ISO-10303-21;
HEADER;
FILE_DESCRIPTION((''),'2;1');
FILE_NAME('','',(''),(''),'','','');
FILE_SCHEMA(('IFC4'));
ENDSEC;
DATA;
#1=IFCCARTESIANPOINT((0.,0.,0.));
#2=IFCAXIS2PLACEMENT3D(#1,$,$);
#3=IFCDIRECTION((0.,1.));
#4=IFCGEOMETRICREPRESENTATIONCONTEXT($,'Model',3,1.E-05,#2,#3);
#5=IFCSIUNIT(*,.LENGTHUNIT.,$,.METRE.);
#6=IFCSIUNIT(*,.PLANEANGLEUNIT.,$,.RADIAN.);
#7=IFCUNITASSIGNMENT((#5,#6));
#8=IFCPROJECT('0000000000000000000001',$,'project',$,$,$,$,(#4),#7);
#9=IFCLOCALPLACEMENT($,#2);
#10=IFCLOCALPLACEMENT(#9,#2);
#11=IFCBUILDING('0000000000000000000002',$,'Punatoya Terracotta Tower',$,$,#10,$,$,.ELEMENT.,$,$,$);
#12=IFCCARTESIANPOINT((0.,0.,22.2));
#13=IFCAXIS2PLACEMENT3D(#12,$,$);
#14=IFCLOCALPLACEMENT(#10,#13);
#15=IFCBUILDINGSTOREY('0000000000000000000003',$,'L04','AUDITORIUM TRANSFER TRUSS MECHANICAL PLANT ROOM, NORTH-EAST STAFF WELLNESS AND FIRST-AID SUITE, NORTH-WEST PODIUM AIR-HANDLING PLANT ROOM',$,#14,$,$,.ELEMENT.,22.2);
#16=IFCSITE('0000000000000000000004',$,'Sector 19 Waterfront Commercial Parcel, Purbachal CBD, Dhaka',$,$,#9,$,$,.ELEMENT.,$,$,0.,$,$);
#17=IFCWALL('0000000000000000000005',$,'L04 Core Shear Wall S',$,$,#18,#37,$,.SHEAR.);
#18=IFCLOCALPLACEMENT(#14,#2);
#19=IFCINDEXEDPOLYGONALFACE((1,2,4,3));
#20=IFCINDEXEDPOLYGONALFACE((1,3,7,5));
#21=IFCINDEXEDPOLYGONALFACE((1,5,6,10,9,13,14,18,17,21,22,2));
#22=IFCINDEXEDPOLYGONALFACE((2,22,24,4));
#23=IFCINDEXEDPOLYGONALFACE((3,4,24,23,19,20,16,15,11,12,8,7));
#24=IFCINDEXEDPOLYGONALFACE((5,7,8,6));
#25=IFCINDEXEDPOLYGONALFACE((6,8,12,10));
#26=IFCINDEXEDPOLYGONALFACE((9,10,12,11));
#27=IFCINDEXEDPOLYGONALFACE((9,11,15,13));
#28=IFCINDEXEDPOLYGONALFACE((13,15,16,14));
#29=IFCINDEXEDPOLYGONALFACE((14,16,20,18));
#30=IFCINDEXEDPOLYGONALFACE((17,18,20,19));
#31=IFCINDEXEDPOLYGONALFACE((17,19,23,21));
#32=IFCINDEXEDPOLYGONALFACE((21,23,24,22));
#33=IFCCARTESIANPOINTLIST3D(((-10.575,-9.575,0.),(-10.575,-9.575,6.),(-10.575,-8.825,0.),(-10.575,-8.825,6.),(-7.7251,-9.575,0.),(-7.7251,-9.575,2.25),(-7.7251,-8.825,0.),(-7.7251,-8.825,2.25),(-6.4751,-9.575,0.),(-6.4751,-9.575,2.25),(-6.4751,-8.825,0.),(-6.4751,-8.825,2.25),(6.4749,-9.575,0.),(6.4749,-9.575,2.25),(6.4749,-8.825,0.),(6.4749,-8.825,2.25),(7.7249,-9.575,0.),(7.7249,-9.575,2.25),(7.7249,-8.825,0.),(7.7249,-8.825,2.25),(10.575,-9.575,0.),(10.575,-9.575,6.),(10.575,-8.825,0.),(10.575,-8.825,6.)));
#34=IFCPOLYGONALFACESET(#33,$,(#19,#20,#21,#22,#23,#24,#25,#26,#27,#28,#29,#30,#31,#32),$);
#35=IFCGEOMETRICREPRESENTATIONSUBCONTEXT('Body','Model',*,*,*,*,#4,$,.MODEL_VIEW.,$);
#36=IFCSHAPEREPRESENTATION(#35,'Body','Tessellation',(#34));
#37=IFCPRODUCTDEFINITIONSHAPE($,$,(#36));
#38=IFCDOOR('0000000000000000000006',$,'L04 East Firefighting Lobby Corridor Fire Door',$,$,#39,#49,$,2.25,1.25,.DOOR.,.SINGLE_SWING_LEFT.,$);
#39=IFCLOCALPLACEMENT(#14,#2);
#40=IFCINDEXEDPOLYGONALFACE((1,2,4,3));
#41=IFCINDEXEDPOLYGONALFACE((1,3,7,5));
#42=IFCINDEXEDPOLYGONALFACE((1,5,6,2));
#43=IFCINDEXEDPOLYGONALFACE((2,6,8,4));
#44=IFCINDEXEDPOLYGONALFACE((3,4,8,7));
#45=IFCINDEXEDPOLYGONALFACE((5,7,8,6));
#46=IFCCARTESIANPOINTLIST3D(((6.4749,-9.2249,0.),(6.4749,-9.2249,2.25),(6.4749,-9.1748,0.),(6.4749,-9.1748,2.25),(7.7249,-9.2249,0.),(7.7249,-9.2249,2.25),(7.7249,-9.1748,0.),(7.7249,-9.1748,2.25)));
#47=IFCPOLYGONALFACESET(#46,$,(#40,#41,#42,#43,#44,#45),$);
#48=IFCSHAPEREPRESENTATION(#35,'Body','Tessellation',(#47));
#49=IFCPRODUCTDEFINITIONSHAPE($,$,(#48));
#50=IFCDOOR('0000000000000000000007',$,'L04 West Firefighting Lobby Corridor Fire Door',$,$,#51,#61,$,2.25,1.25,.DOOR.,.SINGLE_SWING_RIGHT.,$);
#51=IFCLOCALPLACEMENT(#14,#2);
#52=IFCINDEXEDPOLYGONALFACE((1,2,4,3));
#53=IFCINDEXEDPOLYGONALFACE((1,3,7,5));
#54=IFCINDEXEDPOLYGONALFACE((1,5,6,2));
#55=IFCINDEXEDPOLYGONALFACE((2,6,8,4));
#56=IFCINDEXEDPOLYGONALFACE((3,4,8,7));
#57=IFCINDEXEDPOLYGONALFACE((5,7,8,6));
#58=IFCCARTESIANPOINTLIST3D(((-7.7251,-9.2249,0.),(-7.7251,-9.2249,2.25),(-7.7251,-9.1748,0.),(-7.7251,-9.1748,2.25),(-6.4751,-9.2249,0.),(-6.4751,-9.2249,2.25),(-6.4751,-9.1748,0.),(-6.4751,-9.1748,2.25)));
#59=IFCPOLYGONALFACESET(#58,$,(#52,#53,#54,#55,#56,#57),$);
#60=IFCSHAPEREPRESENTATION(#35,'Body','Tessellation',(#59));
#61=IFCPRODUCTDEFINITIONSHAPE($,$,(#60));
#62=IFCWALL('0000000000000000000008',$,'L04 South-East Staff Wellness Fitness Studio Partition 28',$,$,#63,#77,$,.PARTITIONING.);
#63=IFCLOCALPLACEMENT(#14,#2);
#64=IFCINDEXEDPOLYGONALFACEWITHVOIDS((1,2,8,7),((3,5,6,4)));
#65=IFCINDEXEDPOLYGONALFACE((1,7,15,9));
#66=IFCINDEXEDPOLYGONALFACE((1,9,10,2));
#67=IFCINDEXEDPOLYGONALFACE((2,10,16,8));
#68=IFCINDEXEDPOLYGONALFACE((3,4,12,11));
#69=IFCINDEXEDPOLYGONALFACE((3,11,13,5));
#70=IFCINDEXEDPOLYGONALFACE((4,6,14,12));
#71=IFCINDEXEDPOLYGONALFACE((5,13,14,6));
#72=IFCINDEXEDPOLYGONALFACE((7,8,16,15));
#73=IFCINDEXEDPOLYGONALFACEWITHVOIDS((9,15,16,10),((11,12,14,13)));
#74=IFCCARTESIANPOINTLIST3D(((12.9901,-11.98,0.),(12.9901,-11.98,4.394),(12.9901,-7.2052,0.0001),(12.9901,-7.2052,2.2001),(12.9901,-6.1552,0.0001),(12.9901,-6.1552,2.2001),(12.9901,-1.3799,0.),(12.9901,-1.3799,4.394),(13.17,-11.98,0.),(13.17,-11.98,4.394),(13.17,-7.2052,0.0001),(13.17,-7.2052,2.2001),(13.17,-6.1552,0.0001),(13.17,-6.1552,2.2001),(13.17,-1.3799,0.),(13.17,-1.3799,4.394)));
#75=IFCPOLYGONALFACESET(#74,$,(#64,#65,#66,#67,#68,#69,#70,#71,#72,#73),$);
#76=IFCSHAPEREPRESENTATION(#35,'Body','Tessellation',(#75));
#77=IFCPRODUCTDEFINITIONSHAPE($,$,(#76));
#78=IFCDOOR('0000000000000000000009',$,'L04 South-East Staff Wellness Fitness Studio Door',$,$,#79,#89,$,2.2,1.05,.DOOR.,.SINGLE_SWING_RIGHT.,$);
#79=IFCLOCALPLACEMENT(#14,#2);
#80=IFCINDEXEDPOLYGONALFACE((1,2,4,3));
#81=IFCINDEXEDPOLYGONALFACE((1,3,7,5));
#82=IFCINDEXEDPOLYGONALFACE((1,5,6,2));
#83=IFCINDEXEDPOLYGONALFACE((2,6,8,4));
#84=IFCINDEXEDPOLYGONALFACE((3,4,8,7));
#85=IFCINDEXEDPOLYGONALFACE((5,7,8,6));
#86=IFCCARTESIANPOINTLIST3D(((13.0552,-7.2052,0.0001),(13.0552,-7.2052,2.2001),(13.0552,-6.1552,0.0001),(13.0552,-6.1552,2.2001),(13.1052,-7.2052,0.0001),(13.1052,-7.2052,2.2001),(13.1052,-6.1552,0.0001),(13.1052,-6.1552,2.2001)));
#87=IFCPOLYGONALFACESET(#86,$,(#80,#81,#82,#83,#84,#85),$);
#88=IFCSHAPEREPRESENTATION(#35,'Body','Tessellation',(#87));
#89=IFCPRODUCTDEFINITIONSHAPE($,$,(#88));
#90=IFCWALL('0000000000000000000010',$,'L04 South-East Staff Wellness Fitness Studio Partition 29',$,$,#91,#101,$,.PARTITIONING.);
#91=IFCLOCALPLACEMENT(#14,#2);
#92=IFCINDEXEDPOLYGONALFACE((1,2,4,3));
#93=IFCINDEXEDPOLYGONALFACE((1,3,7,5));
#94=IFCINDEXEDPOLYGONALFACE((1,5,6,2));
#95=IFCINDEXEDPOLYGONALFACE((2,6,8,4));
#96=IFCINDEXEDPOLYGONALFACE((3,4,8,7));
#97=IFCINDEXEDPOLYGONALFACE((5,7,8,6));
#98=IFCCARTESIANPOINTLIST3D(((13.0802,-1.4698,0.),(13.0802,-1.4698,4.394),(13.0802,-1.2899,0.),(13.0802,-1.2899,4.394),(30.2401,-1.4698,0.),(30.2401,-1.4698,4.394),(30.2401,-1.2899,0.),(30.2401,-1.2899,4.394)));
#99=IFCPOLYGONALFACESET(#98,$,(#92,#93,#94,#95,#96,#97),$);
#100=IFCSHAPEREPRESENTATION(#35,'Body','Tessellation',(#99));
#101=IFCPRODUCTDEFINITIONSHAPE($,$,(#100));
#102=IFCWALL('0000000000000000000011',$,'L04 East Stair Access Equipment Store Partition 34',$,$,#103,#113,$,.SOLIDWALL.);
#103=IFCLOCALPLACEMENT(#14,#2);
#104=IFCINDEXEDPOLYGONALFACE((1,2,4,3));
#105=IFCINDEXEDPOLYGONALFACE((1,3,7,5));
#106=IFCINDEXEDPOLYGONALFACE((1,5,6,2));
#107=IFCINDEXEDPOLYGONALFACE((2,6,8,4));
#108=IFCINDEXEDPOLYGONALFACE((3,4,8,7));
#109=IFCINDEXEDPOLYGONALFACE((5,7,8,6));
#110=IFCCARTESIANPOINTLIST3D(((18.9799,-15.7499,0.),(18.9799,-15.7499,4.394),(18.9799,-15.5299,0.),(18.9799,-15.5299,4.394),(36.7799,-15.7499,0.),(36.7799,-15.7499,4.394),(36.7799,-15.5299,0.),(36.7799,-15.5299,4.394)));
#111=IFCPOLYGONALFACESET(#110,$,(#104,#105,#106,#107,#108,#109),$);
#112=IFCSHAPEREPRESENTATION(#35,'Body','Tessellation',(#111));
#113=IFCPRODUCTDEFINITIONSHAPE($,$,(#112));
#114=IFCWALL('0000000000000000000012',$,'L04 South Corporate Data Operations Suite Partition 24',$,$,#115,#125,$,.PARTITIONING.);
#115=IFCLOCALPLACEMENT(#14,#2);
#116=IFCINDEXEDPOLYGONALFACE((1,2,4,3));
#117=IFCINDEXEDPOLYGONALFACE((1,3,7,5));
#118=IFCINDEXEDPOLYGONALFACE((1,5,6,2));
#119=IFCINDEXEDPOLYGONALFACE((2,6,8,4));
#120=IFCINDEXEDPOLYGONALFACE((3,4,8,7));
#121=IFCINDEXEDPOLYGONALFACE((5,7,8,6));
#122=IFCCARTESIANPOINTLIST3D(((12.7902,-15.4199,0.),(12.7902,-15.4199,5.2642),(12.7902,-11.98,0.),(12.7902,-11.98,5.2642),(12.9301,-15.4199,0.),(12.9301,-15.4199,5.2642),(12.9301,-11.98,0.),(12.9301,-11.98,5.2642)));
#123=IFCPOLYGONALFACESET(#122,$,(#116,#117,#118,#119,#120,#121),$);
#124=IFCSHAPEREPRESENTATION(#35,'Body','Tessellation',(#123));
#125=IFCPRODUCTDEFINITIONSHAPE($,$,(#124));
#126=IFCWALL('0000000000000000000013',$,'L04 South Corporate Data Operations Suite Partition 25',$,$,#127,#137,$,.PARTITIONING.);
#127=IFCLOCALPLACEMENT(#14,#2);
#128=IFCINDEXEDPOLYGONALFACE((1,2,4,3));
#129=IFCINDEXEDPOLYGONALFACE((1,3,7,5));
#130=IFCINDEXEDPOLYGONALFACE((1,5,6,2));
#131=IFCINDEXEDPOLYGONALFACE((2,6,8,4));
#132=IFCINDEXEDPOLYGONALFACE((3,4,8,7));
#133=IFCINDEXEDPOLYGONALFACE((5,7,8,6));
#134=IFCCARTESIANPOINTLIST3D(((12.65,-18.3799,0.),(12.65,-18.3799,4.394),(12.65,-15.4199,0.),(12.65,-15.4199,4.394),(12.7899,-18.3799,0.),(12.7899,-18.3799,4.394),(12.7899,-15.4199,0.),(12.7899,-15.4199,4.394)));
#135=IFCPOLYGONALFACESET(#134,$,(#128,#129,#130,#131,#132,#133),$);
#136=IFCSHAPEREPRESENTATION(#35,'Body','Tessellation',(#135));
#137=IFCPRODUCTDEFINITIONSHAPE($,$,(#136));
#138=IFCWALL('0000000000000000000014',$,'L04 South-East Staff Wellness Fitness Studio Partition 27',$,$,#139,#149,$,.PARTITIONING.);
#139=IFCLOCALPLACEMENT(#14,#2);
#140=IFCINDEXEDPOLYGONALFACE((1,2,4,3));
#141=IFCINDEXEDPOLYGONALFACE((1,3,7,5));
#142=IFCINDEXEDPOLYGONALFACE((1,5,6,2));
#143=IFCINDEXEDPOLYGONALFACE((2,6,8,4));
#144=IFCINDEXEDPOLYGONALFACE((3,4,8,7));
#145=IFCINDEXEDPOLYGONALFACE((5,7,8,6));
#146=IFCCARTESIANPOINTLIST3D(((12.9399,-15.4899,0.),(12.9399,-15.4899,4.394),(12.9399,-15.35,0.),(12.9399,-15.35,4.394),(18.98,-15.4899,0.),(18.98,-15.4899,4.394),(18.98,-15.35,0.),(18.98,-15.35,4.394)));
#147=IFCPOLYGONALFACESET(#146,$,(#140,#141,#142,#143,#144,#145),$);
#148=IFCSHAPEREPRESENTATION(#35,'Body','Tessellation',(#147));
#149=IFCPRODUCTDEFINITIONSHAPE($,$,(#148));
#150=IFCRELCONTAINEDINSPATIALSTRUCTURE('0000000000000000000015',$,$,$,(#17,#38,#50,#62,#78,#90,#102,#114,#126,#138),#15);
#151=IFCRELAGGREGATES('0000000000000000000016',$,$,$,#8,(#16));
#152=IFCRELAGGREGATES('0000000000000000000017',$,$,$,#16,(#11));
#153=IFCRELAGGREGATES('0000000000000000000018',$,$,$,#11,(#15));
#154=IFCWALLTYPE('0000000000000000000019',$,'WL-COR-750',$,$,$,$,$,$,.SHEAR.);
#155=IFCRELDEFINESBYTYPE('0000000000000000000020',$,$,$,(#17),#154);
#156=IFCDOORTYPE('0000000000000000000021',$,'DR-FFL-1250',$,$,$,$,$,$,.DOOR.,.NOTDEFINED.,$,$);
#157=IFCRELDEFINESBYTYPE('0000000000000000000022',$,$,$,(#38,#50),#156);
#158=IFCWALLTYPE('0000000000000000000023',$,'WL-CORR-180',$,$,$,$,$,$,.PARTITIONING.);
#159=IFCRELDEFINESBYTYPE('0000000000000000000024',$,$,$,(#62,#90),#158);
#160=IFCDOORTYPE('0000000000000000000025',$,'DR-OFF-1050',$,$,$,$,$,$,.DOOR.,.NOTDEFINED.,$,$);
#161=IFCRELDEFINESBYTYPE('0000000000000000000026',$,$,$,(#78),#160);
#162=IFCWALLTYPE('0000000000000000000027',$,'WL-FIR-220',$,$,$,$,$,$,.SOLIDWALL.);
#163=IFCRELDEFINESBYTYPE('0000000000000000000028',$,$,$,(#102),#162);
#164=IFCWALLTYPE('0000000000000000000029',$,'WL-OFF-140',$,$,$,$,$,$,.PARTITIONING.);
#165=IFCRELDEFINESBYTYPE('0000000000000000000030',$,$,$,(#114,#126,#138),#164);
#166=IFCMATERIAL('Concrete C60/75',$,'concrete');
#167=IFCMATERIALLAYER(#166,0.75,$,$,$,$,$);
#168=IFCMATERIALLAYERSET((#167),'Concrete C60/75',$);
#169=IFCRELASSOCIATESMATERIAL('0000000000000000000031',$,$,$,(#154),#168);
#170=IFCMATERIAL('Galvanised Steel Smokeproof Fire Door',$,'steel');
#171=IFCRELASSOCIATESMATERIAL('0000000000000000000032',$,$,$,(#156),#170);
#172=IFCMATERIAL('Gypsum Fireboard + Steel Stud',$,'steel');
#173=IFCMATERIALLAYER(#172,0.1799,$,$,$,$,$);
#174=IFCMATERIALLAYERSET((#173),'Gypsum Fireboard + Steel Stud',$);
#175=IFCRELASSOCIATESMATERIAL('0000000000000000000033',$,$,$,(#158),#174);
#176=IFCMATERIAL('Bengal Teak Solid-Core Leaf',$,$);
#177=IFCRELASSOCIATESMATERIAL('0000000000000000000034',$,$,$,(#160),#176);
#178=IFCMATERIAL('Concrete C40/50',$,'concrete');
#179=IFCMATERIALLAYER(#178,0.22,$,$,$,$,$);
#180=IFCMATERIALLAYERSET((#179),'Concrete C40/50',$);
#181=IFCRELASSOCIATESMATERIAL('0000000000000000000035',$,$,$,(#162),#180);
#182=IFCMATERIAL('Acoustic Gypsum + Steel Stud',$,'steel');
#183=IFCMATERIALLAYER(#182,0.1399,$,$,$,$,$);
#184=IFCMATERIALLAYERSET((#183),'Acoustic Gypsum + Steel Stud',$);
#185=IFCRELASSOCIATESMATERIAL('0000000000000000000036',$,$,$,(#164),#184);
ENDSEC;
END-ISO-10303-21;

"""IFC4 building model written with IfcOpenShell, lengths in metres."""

from ifc_helpers import new_model, si_unit, direction, frame, frame_2d, origin, place, context, subcontext, project, spatial, rectangle, extrude, material, layer, layer_set, type_object, element, fill, save


model = new_model("IFC4")

# Units and contexts
model_context = context("Model", 3, precision=1e-05, world=origin(), true_north=direction((0.0, 1.0)))
body_context = subcontext(model_context, "Body", "Model", "MODEL_VIEW")
ifc_project = project(units=[si_unit("LENGTHUNIT", "METRE"), si_unit("PLANEANGLEUNIT", "RADIAN")], contexts=[model_context])

# Site, building, storey
site_placement = place(None, origin())
site = spatial("IfcSite", under=ifc_project, at=site_placement, Name="Sector 19 Waterfront Commercial Parcel, Purbachal CBD, Dhaka", CompositionType="ELEMENT", RefElevation=0.0)
building_placement = place(site_placement, origin())
building = spatial("IfcBuilding", under=site, at=building_placement, Name="Punatoya Terracotta Tower", CompositionType="ELEMENT")
storey_placement = place(building_placement, frame((0.0, 0.0, 22.2)))
storey = spatial("IfcBuildingStorey", under=building, at=storey_placement, Name="L04", Description="AUDITORIUM TRANSFER TRUSS MECHANICAL PLANT ROOM, NORTH-EAST STAFF WELLNESS AND FIRST-AID SUITE, NORTH-WEST PODIUM AIR-HANDLING PLANT ROOM", CompositionType="ELEMENT", Elevation=22.2)

# Wall, openings, doors
ifc_material_1 = material(Name="Concrete C60/75", Category="concrete")
ifc_layer_1 = layer(ifc_material_1, 0.75)
ifc_layer_set_1 = layer_set([ifc_layer_1], Name="Concrete C60/75")
wall_type_1 = type_object("IfcWallType", Name="WL-COR-750", PredefinedType="SHEAR", material=ifc_layer_set_1)
wall_1_placement = place(storey_placement, frame((10.575, -9.2, 0.0), z_axis=(0.0, 0.0, 1.0), x_axis=(-1.0, 0.0, 0.0)))
wall_1 = element("IfcWall", 1, at=wall_1_placement, inside=storey, type_object=wall_type_1, Name="L04 Core Shear Wall S", PredefinedType="SHEAR", context=body_context, shape_type="SweptSolid", body=[
    extrude(rectangle(XDim=21.1499, YDim=0.75, at=frame_2d((10.575, 0.0))), origin(), (0.0, 0.0, 1.0), 6.0),
])
opening_1_placement = place(wall_1_placement, frame((2.8501, 0.0, 0.0)))
opening_1 = element("IfcOpeningElement", 2, at=opening_1_placement, cuts=wall_1, PredefinedType="OPENING", context=body_context, shape_type="SweptSolid", body=[
    extrude(rectangle(XDim=1.25, YDim=2.25, at=frame_2d((0.625, 1.125))), frame((0.0, 0.385, 0.0), z_axis=(0.0, -1.0, 0.0), x_axis=(1.0, 0.0, 0.0)), (0.0, 0.0, 1.0), 0.77),
])
opening_2_placement = place(wall_1_placement, frame((17.05, 0.0, 0.0)))
opening_2 = element("IfcOpeningElement", 3, at=opening_2_placement, cuts=wall_1, PredefinedType="OPENING", context=body_context, shape_type="SweptSolid", body=[
    extrude(rectangle(XDim=1.25, YDim=2.25, at=frame_2d((0.625, 1.125))), frame((0.0, 0.385, 0.0), z_axis=(0.0, -1.0, 0.0), x_axis=(1.0, 0.0, 0.0)), (0.0, 0.0, 1.0), 0.77),
])
ifc_material_2 = material(Name="Galvanised Steel Smokeproof Fire Door", Category="steel")
door_type_1 = type_object("IfcDoorType", Name="DR-FFL-1250", OperationType="NOTDEFINED", PredefinedType="DOOR", material=ifc_material_2)
door_1_placement = place(opening_1_placement, origin())
door_1 = element("IfcDoor", 4, at=door_1_placement, inside=storey, type_object=door_type_1, Name="L04 East Firefighting Lobby Corridor Fire Door", OperationType="SINGLE_SWING_LEFT", OverallHeight=2.25, OverallWidth=1.25, PredefinedType="DOOR", context=body_context, shape_type="SweptSolid", body=[
    extrude(rectangle(XDim=1.25, YDim=2.25, at=frame_2d((0.625, 1.125))), frame((0.0, 0.0249, 0.0), z_axis=(0.0, -1.0, 0.0), x_axis=(1.0, 0.0, 0.0)), (0.0, 0.0, 1.0), 0.05),
])
fill(opening_1, door_1)
door_2_placement = place(opening_2_placement, origin())
door_2 = element("IfcDoor", 5, at=door_2_placement, inside=storey, type_object=door_type_1, Name="L04 West Firefighting Lobby Corridor Fire Door", OperationType="SINGLE_SWING_RIGHT", OverallHeight=2.25, OverallWidth=1.25, PredefinedType="DOOR", context=body_context, shape_type="SweptSolid", body=[
    extrude(rectangle(XDim=1.25, YDim=2.25, at=frame_2d((0.625, 1.125))), frame((0.0, 0.0249, 0.0), z_axis=(0.0, -1.0, 0.0), x_axis=(1.0, 0.0, 0.0)), (0.0, 0.0, 1.0), 0.05),
])
fill(opening_2, door_2)

# Wall, opening, door
ifc_material_3 = material(Name="Gypsum Fireboard + Steel Stud", Category="steel")
ifc_layer_2 = layer(ifc_material_3, 0.1799)
ifc_layer_set_2 = layer_set([ifc_layer_2], Name="Gypsum Fireboard + Steel Stud")
wall_type_2 = type_object("IfcWallType", Name="WL-CORR-180", PredefinedType="PARTITIONING", material=ifc_layer_set_2)
wall_2_placement = place(storey_placement, frame((13.0801, -11.98, 0.0), z_axis=(0.0, 0.0, 1.0), x_axis=(0.0, 1.0, 0.0)))
wall_2 = element("IfcWall", 6, at=wall_2_placement, inside=storey, type_object=wall_type_2, Name="L04 South-East Staff Wellness Fitness Studio Partition 28", PredefinedType="PARTITIONING", context=body_context, shape_type="SweptSolid", body=[
    extrude(rectangle(XDim=10.6001, YDim=0.1799, at=frame_2d((5.3, 0.0))), origin(), (0.0, 0.0, 1.0), 4.394),
])
opening_3_placement = place(wall_2_placement, frame((4.7749, 0.0, 0.0)))
opening_3 = element("IfcOpeningElement", 7, at=opening_3_placement, cuts=wall_2, PredefinedType="OPENING", context=body_context, shape_type="SweptSolid", body=[
    extrude(rectangle(XDim=1.05, YDim=2.2, at=frame_2d((0.5249, 1.1001))), frame((0.0, 0.0999, 0.0), z_axis=(0.0, -1.0, 0.0), x_axis=(1.0, 0.0, 0.0)), (0.0, 0.0, 1.0), 0.2),
])
ifc_material_4 = material(Name="Bengal Teak Solid-Core Leaf")
door_type_2 = type_object("IfcDoorType", Name="DR-OFF-1050", OperationType="NOTDEFINED", PredefinedType="DOOR", material=ifc_material_4)
door_3_placement = place(opening_3_placement, origin())
door_3 = element("IfcDoor", 8, at=door_3_placement, inside=storey, type_object=door_type_2, Name="L04 South-East Staff Wellness Fitness Studio Door", OperationType="SINGLE_SWING_RIGHT", OverallHeight=2.2, OverallWidth=1.05, PredefinedType="DOOR", context=body_context, shape_type="SweptSolid", body=[
    extrude(rectangle(XDim=1.05, YDim=2.2, at=frame_2d((0.5249, 1.1001))), frame((0.0, 0.0249, 0.0), z_axis=(0.0, -1.0, 0.0), x_axis=(1.0, 0.0, 0.0)), (0.0, 0.0, 1.0), 0.05),
])
fill(opening_3, door_3)

# Walls
wall_3_placement = place(storey_placement, frame((13.0801, -1.3799, 0.0), z_axis=(0.0, 0.0, 1.0), x_axis=(1.0, 0.0, 0.0)))
element("IfcWall", 9, at=wall_3_placement, inside=storey, type_object=wall_type_2, Name="L04 South-East Staff Wellness Fitness Studio Partition 29", PredefinedType="PARTITIONING", context=body_context, shape_type="SweptSolid", body=[
    extrude(rectangle(XDim=17.1599, YDim=0.1799, at=frame_2d((8.5801, 0.0))), origin(), (0.0, 0.0, 1.0), 4.394),
])
ifc_material_5 = material(Name="Concrete C40/50", Category="concrete")
ifc_layer_3 = layer(ifc_material_5, 0.22)
ifc_layer_set_3 = layer_set([ifc_layer_3], Name="Concrete C40/50")
wall_type_3 = type_object("IfcWallType", Name="WL-FIR-220", PredefinedType="SOLIDWALL", material=ifc_layer_set_3)
wall_4_placement = place(storey_placement, frame((18.98, -15.6399, 0.0), z_axis=(0.0, 0.0, 1.0), x_axis=(1.0, 0.0, 0.0)))
element("IfcWall", 10, at=wall_4_placement, inside=storey, type_object=wall_type_3, Name="L04 East Stair Access Equipment Store Partition 34", PredefinedType="SOLIDWALL", context=body_context, shape_type="SweptSolid", body=[
    extrude(rectangle(XDim=17.8, YDim=0.22, at=frame_2d((8.8999, 0.0))), origin(), (0.0, 0.0, 1.0), 4.394),
])
ifc_material_6 = material(Name="Acoustic Gypsum + Steel Stud", Category="steel")
ifc_layer_4 = layer(ifc_material_6, 0.1399)
ifc_layer_set_4 = layer_set([ifc_layer_4], Name="Acoustic Gypsum + Steel Stud")
wall_type_4 = type_object("IfcWallType", Name="WL-OFF-140", PredefinedType="PARTITIONING", material=ifc_layer_set_4)
wall_5_placement = place(storey_placement, frame((12.8601, -11.98, 0.0), z_axis=(0.0, 0.0, 1.0), x_axis=(0.0, -1.0, 0.0)))
element("IfcWall", 11, at=wall_5_placement, inside=storey, type_object=wall_type_4, Name="L04 South Corporate Data Operations Suite Partition 24", PredefinedType="PARTITIONING", context=body_context, shape_type="SweptSolid", body=[
    extrude(rectangle(XDim=3.4399, YDim=0.1399, at=frame_2d((1.72, 0.0))), origin(), (0.0, 0.0, 1.0), 5.2642),
])
wall_6_placement = place(storey_placement, frame((12.72, -15.4199, 0.0), z_axis=(0.0, 0.0, 1.0), x_axis=(0.0, -1.0, 0.0)))
element("IfcWall", 12, at=wall_6_placement, inside=storey, type_object=wall_type_4, Name="L04 South Corporate Data Operations Suite Partition 25", PredefinedType="PARTITIONING", context=body_context, shape_type="SweptSolid", body=[
    extrude(rectangle(XDim=2.96, YDim=0.1399, at=frame_2d((1.48, 0.0))), origin(), (0.0, 0.0, 1.0), 4.394),
])
wall_7_placement = place(storey_placement, frame((18.98, -15.4199, 0.0), z_axis=(0.0, 0.0, 1.0), x_axis=(-1.0, 0.0, 0.0)))
element("IfcWall", 13, at=wall_7_placement, inside=storey, type_object=wall_type_4, Name="L04 South-East Staff Wellness Fitness Studio Partition 27", PredefinedType="PARTITIONING", context=body_context, shape_type="SweptSolid", body=[
    extrude(rectangle(XDim=6.04, YDim=0.1399, at=frame_2d((3.02, 0.0))), origin(), (0.0, 0.0, 1.0), 4.394),
])

save(model, "model.ifc")
